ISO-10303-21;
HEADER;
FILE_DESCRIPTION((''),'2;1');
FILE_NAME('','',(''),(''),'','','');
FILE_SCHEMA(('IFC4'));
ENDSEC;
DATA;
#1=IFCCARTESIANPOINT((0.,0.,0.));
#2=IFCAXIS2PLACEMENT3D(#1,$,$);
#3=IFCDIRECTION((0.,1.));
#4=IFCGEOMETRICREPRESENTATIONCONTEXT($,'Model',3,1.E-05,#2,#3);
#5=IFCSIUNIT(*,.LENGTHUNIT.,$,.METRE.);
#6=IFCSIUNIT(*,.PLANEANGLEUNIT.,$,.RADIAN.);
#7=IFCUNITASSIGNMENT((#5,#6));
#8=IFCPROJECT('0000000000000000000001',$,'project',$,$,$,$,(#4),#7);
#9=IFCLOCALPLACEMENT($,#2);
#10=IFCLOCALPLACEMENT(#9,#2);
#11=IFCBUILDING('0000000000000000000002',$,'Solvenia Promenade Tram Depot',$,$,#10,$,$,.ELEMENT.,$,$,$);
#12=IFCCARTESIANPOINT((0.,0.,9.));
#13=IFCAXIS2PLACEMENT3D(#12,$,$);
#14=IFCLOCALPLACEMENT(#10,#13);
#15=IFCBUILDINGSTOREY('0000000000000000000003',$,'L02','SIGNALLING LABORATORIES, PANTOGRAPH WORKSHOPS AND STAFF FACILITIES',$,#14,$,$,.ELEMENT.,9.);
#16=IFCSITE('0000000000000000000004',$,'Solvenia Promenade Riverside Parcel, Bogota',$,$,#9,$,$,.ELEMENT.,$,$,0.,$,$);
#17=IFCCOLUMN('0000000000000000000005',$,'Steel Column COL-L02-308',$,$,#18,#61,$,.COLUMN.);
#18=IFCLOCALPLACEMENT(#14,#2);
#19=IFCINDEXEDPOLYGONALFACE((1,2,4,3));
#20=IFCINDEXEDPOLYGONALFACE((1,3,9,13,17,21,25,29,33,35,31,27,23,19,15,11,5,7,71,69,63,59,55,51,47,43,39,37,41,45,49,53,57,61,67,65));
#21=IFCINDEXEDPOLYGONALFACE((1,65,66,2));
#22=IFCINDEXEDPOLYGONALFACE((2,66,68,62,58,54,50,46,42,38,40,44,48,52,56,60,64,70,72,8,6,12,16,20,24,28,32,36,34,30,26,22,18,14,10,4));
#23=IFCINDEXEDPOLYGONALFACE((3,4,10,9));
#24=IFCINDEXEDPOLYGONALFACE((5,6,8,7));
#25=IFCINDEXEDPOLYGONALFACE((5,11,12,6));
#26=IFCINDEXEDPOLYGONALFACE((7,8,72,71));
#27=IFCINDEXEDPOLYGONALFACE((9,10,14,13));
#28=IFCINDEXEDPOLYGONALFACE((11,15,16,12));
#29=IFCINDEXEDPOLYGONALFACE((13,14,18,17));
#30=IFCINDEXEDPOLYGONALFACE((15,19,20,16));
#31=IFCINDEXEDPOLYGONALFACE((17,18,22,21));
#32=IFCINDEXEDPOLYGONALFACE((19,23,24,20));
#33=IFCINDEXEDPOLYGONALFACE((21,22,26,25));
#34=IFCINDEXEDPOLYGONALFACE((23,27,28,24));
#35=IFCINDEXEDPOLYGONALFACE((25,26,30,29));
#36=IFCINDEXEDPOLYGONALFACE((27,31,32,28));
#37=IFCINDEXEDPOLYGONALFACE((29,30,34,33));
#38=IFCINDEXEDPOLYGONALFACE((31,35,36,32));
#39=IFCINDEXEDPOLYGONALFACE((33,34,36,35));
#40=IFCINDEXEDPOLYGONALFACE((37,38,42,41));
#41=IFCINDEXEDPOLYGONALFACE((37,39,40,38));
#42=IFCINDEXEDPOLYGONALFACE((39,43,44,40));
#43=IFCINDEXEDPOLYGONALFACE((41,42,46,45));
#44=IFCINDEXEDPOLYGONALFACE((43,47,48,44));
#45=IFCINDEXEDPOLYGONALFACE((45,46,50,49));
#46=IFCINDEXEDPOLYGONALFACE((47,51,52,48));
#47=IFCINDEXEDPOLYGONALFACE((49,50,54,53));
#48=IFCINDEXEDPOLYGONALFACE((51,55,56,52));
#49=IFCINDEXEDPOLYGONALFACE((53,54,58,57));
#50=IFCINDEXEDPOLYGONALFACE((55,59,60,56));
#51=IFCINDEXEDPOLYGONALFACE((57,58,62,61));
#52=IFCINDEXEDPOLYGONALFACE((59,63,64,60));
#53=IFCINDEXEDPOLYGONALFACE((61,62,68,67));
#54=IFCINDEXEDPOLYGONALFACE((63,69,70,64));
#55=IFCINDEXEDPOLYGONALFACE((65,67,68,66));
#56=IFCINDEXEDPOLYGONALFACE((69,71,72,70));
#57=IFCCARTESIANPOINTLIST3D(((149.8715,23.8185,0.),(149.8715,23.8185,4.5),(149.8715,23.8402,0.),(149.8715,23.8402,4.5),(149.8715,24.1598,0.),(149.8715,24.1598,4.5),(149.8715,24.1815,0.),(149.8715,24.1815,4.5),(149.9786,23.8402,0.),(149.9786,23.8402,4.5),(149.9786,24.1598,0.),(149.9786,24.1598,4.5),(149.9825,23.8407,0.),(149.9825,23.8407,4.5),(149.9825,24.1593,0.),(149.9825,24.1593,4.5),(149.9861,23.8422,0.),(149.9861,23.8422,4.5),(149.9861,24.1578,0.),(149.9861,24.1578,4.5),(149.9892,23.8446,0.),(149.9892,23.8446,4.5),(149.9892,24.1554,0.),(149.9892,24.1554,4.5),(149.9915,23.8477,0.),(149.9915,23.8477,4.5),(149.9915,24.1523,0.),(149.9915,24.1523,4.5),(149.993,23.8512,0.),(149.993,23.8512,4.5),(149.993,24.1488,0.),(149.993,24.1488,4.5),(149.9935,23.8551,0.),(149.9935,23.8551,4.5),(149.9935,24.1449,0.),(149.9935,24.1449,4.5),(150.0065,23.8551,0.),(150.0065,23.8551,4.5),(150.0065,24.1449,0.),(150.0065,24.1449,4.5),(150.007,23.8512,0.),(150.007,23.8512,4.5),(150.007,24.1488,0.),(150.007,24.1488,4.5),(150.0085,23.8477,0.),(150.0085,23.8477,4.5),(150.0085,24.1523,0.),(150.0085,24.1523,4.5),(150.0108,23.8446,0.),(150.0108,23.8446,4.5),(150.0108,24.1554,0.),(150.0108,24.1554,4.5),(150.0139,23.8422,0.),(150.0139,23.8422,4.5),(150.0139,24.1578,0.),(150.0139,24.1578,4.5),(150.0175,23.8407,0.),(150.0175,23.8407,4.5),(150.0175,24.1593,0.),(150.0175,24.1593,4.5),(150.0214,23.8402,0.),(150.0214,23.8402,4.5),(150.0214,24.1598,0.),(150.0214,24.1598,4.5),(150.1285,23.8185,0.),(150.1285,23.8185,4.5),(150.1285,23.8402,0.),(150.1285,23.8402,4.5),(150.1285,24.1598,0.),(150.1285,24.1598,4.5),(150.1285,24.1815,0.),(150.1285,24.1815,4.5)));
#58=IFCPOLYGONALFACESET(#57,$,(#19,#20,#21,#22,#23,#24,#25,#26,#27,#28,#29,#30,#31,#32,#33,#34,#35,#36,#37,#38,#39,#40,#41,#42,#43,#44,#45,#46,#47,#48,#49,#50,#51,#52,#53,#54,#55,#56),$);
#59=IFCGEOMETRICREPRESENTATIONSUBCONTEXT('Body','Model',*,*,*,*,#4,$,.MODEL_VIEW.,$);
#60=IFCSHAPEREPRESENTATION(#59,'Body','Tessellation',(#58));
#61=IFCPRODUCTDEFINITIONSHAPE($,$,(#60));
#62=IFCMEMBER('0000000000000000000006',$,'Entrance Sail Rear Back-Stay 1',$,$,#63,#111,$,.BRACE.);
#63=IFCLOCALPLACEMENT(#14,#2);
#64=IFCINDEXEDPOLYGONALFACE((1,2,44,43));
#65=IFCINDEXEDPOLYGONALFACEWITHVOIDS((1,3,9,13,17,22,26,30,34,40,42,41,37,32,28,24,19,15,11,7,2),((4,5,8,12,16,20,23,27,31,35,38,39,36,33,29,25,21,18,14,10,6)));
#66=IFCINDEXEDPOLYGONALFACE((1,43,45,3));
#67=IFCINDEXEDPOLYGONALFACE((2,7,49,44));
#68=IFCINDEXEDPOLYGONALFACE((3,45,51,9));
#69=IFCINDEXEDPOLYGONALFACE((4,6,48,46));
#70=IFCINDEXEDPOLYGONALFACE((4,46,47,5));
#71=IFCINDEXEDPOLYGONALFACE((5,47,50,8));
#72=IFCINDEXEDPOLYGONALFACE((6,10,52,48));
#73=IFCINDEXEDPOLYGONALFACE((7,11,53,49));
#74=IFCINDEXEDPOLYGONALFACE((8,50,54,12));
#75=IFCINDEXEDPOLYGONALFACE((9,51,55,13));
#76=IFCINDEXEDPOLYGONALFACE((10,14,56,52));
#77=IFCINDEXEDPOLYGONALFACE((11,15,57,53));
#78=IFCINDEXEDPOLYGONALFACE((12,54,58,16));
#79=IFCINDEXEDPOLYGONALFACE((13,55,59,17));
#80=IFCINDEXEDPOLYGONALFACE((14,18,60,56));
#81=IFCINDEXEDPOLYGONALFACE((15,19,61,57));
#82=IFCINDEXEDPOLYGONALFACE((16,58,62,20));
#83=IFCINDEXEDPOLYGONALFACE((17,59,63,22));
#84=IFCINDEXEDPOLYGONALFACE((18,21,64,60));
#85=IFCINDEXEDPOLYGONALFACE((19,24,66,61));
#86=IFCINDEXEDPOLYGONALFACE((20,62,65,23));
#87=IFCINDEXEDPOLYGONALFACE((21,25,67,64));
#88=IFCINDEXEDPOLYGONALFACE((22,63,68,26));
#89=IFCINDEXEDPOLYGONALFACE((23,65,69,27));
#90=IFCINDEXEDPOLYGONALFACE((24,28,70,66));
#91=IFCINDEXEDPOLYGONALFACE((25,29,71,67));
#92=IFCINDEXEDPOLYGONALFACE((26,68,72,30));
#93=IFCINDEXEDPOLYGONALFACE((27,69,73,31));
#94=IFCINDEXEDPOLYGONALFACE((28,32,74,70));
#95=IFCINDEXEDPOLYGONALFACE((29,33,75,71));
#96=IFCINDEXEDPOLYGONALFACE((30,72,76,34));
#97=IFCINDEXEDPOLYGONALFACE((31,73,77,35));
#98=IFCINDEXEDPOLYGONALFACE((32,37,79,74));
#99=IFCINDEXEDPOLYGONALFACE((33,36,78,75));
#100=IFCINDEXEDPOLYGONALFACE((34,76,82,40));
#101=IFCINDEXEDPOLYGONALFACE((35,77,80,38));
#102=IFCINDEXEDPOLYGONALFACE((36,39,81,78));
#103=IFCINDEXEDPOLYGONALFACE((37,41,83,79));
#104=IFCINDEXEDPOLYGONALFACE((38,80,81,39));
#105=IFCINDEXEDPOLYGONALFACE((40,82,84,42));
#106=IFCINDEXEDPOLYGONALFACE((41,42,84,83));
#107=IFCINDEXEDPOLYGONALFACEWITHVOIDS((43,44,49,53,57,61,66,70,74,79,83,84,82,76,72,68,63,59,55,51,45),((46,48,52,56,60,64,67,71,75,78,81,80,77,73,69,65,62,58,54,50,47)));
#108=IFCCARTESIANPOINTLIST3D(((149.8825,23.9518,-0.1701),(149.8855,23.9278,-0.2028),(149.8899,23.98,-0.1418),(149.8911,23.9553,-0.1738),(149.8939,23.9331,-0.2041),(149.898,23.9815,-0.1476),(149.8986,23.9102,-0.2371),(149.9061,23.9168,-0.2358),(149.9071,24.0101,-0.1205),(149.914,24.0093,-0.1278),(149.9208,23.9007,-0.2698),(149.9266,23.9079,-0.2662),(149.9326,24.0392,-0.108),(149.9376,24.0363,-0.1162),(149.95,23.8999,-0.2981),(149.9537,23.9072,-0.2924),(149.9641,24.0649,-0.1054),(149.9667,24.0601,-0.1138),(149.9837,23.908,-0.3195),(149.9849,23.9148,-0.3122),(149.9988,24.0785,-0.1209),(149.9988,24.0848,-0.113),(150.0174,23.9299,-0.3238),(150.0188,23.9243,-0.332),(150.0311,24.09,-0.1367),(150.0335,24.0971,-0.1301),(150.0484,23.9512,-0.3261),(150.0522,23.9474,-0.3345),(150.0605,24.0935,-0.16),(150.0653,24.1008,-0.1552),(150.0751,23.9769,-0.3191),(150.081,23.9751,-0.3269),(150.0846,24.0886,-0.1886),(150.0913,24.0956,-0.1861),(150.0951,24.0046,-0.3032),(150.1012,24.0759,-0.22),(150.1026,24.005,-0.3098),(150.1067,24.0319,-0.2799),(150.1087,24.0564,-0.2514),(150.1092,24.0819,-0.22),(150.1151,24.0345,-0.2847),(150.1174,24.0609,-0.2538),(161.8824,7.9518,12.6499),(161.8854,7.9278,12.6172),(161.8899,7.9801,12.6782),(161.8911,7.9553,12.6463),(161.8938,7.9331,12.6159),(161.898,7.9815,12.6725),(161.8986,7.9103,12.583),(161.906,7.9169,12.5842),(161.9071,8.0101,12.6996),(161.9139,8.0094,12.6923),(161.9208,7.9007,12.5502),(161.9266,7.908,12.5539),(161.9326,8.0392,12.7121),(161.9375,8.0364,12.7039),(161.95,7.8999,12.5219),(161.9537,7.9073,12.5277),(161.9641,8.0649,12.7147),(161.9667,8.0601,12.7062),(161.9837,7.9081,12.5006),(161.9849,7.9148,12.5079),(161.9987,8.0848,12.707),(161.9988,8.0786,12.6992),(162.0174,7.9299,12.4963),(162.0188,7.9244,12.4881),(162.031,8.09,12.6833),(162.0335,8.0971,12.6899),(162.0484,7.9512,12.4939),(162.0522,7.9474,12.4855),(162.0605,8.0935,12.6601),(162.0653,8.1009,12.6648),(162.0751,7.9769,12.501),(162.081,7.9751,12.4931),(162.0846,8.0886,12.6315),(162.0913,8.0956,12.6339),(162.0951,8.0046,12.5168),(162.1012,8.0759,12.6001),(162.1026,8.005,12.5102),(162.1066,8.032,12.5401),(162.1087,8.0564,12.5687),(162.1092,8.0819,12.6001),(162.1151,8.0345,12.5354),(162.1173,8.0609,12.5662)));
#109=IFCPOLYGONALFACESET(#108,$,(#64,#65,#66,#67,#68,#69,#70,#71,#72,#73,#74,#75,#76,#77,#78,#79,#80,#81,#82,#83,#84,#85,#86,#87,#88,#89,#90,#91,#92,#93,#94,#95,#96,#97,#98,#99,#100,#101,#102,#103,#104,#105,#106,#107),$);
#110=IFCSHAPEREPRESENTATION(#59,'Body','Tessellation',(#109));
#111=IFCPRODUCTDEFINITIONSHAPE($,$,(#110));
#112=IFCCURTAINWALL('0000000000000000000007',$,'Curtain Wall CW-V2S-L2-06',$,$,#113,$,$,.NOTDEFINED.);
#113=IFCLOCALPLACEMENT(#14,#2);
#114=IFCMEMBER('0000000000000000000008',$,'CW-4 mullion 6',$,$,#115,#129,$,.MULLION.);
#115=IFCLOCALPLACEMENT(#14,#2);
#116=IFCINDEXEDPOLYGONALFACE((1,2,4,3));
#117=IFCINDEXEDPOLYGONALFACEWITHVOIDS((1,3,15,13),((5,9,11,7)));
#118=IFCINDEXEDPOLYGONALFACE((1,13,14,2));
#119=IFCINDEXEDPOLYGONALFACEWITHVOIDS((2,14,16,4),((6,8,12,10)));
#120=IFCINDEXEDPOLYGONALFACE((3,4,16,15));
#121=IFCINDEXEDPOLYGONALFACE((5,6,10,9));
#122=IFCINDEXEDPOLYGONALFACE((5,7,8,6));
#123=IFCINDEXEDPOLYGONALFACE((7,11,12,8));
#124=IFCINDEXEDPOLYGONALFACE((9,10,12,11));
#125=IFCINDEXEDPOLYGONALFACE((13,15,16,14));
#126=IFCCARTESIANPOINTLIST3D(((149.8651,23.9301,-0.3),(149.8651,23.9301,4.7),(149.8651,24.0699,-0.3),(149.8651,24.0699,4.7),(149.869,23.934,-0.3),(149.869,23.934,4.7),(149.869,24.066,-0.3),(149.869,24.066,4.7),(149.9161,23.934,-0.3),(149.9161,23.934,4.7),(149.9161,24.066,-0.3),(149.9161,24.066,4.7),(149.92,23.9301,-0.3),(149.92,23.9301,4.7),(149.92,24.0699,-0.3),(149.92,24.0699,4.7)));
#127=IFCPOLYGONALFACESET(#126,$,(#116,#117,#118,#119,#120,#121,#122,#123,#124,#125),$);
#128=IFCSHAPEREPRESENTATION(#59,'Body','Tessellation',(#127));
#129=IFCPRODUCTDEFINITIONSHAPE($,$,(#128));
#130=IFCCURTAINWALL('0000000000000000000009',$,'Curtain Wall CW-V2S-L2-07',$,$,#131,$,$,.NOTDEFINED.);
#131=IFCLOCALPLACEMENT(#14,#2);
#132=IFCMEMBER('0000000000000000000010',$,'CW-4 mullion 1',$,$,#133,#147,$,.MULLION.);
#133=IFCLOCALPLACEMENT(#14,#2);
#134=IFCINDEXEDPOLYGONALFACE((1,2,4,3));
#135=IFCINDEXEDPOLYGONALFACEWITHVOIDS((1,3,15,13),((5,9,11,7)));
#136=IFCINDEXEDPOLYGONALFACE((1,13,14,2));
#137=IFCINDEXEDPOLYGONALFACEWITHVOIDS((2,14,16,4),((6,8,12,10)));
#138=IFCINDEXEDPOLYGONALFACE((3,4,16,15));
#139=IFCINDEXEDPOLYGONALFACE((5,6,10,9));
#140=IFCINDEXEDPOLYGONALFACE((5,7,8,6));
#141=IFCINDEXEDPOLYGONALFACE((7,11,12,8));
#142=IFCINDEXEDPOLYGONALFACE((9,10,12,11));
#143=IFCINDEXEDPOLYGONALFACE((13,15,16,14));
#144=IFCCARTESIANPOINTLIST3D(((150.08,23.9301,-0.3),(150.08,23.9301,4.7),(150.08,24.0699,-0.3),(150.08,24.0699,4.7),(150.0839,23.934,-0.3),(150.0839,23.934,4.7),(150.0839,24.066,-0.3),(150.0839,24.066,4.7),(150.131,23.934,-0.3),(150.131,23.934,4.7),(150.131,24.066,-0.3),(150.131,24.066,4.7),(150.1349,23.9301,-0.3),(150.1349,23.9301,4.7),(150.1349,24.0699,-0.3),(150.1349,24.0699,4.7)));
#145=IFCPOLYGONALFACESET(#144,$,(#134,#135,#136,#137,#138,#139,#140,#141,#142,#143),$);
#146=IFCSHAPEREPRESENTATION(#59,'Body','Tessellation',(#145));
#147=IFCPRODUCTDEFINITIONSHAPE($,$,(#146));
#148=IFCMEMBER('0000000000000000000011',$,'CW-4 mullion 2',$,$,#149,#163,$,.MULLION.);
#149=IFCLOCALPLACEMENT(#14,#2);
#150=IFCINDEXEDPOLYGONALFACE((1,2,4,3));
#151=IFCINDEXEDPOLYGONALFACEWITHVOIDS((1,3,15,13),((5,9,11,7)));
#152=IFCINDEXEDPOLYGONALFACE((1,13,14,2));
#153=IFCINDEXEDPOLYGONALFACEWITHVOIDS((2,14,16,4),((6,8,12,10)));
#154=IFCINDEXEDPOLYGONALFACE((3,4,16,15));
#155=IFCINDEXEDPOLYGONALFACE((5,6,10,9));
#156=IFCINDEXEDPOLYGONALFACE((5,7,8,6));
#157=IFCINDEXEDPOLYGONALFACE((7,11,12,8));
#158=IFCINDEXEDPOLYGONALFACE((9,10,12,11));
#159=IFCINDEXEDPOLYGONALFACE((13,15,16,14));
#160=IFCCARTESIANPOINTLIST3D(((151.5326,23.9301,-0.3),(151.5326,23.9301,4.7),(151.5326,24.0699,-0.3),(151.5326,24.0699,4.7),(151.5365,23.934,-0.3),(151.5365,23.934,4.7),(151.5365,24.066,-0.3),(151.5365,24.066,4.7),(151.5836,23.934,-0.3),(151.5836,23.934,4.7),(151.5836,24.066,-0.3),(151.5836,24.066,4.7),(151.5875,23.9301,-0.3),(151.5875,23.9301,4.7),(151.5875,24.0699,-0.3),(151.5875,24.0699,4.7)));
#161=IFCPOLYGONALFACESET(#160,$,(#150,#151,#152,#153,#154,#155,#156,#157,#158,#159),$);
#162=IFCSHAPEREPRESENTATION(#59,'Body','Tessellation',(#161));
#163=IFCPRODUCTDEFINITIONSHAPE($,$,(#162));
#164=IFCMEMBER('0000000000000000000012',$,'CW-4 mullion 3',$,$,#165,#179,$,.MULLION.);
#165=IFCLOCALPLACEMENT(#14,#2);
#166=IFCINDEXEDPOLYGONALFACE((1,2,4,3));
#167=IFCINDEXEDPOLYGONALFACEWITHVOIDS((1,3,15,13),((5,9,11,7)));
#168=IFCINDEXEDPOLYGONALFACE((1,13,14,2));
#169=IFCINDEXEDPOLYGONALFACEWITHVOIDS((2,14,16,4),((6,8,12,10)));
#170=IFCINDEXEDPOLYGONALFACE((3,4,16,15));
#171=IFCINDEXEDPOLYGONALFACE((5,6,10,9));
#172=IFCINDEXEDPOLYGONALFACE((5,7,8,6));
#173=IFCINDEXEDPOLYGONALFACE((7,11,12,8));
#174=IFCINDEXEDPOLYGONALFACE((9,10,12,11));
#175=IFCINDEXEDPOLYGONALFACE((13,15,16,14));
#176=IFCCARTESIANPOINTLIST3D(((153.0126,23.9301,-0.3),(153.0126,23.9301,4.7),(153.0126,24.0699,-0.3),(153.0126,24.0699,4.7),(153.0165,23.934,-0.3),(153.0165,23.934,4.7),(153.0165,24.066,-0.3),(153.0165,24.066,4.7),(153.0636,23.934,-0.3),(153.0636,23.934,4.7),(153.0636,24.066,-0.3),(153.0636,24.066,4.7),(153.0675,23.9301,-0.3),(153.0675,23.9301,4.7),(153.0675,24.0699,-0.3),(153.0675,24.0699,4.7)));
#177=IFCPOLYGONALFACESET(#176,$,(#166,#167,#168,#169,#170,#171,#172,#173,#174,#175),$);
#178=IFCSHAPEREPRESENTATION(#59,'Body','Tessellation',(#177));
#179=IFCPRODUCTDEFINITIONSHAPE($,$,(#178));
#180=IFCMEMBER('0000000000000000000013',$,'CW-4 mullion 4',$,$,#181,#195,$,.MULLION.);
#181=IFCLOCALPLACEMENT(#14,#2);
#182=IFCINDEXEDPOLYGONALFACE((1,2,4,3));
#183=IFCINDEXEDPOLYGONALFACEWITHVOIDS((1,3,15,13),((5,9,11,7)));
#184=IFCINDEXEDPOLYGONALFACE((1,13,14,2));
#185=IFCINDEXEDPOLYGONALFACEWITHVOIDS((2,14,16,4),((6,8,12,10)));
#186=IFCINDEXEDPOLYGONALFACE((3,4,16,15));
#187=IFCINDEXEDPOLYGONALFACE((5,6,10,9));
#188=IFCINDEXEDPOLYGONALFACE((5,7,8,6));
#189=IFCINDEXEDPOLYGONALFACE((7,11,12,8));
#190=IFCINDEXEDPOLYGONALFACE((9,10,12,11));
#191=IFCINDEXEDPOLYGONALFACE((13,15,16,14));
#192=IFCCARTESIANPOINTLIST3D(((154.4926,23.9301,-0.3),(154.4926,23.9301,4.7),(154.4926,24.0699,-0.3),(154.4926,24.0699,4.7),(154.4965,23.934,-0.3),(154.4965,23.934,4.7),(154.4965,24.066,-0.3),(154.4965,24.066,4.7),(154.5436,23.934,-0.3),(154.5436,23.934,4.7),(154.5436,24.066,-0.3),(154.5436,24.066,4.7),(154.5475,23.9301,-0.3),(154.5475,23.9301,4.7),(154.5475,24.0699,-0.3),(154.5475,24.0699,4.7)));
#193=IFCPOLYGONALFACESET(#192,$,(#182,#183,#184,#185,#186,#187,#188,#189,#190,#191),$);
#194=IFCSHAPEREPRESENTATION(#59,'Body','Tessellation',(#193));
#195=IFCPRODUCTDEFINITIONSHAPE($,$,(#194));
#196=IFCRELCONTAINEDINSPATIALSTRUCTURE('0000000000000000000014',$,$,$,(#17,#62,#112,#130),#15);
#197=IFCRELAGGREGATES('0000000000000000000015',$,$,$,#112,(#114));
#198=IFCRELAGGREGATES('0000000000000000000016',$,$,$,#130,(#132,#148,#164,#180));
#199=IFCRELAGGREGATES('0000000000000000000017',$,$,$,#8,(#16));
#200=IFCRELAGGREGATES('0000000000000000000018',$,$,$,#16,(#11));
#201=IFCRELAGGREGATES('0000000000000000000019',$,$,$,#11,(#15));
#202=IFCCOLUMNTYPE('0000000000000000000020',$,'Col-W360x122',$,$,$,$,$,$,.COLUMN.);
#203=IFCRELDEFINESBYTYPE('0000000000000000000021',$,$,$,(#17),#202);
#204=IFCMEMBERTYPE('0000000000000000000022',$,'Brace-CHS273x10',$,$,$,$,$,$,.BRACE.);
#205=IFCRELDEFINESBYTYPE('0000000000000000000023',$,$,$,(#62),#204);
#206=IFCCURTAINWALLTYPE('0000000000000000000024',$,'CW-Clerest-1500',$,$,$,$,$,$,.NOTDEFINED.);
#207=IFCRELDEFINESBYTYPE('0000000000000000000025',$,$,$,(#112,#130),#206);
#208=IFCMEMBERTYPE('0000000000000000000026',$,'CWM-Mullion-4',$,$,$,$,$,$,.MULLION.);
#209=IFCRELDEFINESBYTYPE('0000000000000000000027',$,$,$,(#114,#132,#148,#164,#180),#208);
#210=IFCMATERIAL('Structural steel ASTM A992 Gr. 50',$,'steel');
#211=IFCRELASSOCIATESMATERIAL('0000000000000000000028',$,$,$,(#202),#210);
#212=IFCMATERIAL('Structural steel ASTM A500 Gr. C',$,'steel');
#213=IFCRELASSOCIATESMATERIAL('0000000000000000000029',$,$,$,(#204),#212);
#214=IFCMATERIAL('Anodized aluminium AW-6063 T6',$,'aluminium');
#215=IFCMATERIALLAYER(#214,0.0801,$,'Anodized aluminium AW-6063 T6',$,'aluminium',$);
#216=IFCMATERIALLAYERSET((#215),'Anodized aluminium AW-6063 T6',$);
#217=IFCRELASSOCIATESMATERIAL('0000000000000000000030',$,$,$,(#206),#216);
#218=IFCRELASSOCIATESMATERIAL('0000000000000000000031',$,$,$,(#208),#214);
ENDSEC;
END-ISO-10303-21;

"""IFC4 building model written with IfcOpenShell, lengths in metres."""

from ifc_helpers import new_model, si_unit, direction, frame, origin, origin_2d, place, context, subcontext, project, spatial, hollow_rectangle, hollow_circle, i_section, extrude, material, layer, layer_set, material_profile, profile_set, type_object, element, aggregate, save


model = new_model("IFC4")

# Units and contexts
model_context = context("Model", 3, precision=1e-05, world=origin(), true_north=direction((0.0, 1.0)))
body_context = subcontext(model_context, "Body", "Model", "MODEL_VIEW")
ifc_project = project(units=[si_unit("LENGTHUNIT", "METRE"), si_unit("PLANEANGLEUNIT", "RADIAN")], contexts=[model_context])

# Site, building, storey
site_placement = place(None, origin())
site = spatial("IfcSite", under=ifc_project, at=site_placement, Name="Solvenia Promenade Riverside Parcel, Bogota", CompositionType="ELEMENT", RefElevation=0.0)
building_placement = place(site_placement, origin())
building = spatial("IfcBuilding", under=site, at=building_placement, Name="Solvenia Promenade Tram Depot", CompositionType="ELEMENT")
storey_placement = place(building_placement, frame((0.0, 0.0, 9.0)))
storey = spatial("IfcBuildingStorey", under=building, at=storey_placement, Name="L02", Description="SIGNALLING LABORATORIES, PANTOGRAPH WORKSHOPS AND STAFF FACILITIES", CompositionType="ELEMENT", Elevation=9.0)

# Column
ifc_material_1 = material(Name="Structural steel ASTM A992 Gr. 50", Category="steel")
ifc_material_profile_1 = material_profile(ifc_material_1, i_section(OverallWidth=0.2571, OverallDepth=0.363, WebThickness=0.0129, FlangeThickness=0.0217, FilletRadius=0.0149, at=origin_2d()), Name="W360x122", Category="steel")
ifc_profile_set_1 = profile_set([ifc_material_profile_1], Name="Structural steel ASTM A992 Gr. 50")
column_type = type_object("IfcColumnType", Name="Col-W360x122", PredefinedType="COLUMN", material=ifc_profile_set_1)
column_placement = place(storey_placement, frame((150.0, 24.0, 0.0), z_axis=(0.0, 0.0, 1.0), x_axis=(1.0, 0.0, 0.0)))
element("IfcColumn", 1, at=column_placement, inside=storey, type_object=column_type, Name="Steel Column COL-L02-308", PredefinedType="COLUMN", context=body_context, shape_type="SweptSolid", body=[
    extrude(i_section(OverallWidth=0.2571, OverallDepth=0.363, WebThickness=0.0129, FlangeThickness=0.0217, FilletRadius=0.0149, at=origin_2d()), origin(), (0.0, 0.0, 1.0), 4.5),
])

# Member
ifc_material_2 = material(Name="Structural steel ASTM A500 Gr. C", Category="steel")
ifc_material_profile_2 = material_profile(ifc_material_2, hollow_circle(Radius=0.1365, WallThickness=0.01, at=origin_2d()), Name="CHS273.0x10", Category="steel")
ifc_profile_set_2 = profile_set([ifc_material_profile_2], Name="Structural steel ASTM A500 Gr. C")
member_type_1 = type_object("IfcMemberType", Name="Brace-CHS273x10", PredefinedType="BRACE", material=ifc_profile_set_2)
member_1_placement = place(storey_placement, frame((150.0, 24.0, -0.22), z_axis=(0.505133, -0.67351, 0.539653), x_axis=(0.8, 0.6, 0.0)))
element("IfcMember", 2, at=member_1_placement, inside=storey, type_object=member_type_1, Name="Entrance Sail Rear Back-Stay 1", PredefinedType="BRACE", context=body_context, shape_type="SweptSolid", body=[
    extrude(hollow_circle(Radius=0.1365, WallThickness=0.01, at=origin_2d()), origin(), (0.0, 0.0, 1.0), 23.7561),
])

# Curtain wall, member
ifc_material_3 = material(Name="Anodized aluminium AW-6063 T6", Category="aluminium")
ifc_layer_1 = layer(ifc_material_3, 0.0801, Name="Anodized aluminium AW-6063 T6", Category="aluminium")
ifc_layer_set_1 = layer_set([ifc_layer_1], Name="Anodized aluminium AW-6063 T6")
curtain_wall_type = type_object("IfcCurtainWallType", Name="CW-Clerest-1500", PredefinedType="NOTDEFINED", material=ifc_layer_set_1)
curtain_wall_1_placement = place(storey_placement, origin())
curtain_wall_1 = element("IfcCurtainWall", 3, at=curtain_wall_1_placement, inside=storey, type_object=curtain_wall_type, Name="Curtain Wall CW-V2S-L2-06", PredefinedType="NOTDEFINED")
ifc_material_profile_3 = material_profile(ifc_material_3, hollow_rectangle(XDim=0.1399, YDim=0.0549, WallThickness=0.0039, at=origin_2d()), Name="ALU-M4", Category="aluminium")
ifc_profile_set_3 = profile_set([ifc_material_profile_3], Name="Anodized aluminium AW-6063 T6")
member_type_2 = type_object("IfcMemberType", Name="CWM-Mullion-4", PredefinedType="MULLION", material=ifc_profile_set_3)
member_2_placement = place(storey_placement, frame((149.8926, 24.0, -0.3), z_axis=(0.0, 0.0, 1.0), x_axis=(0.0, 1.0, 0.0)))
member_2 = element("IfcMember", 4, at=member_2_placement, type_object=member_type_2, Name="CW-4 mullion 6", PredefinedType="MULLION", context=body_context, shape_type="SweptSolid", body=[
    extrude(hollow_rectangle(XDim=0.1399, YDim=0.0549, WallThickness=0.0039, at=origin_2d()), origin(), (0.0, 0.0, 1.0), 5.0),
])

# Curtain wall, members
curtain_wall_2_placement = place(storey_placement, origin())
curtain_wall_2 = element("IfcCurtainWall", 5, at=curtain_wall_2_placement, inside=storey, type_object=curtain_wall_type, Name="Curtain Wall CW-V2S-L2-07", PredefinedType="NOTDEFINED")
member_3_placement = place(storey_placement, frame((150.1074, 24.0, -0.3), z_axis=(0.0, 0.0, 1.0), x_axis=(0.0, 1.0, 0.0)))
member_3 = element("IfcMember", 6, at=member_3_placement, type_object=member_type_2, Name="CW-4 mullion 1", PredefinedType="MULLION", context=body_context, shape_type="SweptSolid", body=[
    extrude(hollow_rectangle(XDim=0.1399, YDim=0.0549, WallThickness=0.0039, at=origin_2d()), origin(), (0.0, 0.0, 1.0), 5.0),
])
member_4_placement = place(storey_placement, frame((151.5601, 24.0, -0.3), z_axis=(0.0, 0.0, 1.0), x_axis=(0.0, 1.0, 0.0)))
member_4 = element("IfcMember", 7, at=member_4_placement, type_object=member_type_2, Name="CW-4 mullion 2", PredefinedType="MULLION", context=body_context, shape_type="SweptSolid", body=[
    extrude(hollow_rectangle(XDim=0.1399, YDim=0.0549, WallThickness=0.0039, at=origin_2d()), origin(), (0.0, 0.0, 1.0), 5.0),
])
member_5_placement = place(storey_placement, frame((153.04, 24.0, -0.3), z_axis=(0.0, 0.0, 1.0), x_axis=(0.0, 1.0, 0.0)))
member_5 = element("IfcMember", 8, at=member_5_placement, type_object=member_type_2, Name="CW-4 mullion 3", PredefinedType="MULLION", context=body_context, shape_type="SweptSolid", body=[
    extrude(hollow_rectangle(XDim=0.1399, YDim=0.0549, WallThickness=0.0039, at=origin_2d()), origin(), (0.0, 0.0, 1.0), 5.0),
])
member_6_placement = place(storey_placement, frame((154.52, 24.0, -0.3), z_axis=(0.0, 0.0, 1.0), x_axis=(0.0, 1.0, 0.0)))
member_6 = element("IfcMember", 9, at=member_6_placement, type_object=member_type_2, Name="CW-4 mullion 4", PredefinedType="MULLION", context=body_context, shape_type="SweptSolid", body=[
    extrude(hollow_rectangle(XDim=0.1399, YDim=0.0549, WallThickness=0.0039, at=origin_2d()), origin(), (0.0, 0.0, 1.0), 5.0),
])

aggregate(curtain_wall_1, [member_2])
aggregate(curtain_wall_2, [member_3, member_4, member_5, member_6])

save(model, "model.ifc")
